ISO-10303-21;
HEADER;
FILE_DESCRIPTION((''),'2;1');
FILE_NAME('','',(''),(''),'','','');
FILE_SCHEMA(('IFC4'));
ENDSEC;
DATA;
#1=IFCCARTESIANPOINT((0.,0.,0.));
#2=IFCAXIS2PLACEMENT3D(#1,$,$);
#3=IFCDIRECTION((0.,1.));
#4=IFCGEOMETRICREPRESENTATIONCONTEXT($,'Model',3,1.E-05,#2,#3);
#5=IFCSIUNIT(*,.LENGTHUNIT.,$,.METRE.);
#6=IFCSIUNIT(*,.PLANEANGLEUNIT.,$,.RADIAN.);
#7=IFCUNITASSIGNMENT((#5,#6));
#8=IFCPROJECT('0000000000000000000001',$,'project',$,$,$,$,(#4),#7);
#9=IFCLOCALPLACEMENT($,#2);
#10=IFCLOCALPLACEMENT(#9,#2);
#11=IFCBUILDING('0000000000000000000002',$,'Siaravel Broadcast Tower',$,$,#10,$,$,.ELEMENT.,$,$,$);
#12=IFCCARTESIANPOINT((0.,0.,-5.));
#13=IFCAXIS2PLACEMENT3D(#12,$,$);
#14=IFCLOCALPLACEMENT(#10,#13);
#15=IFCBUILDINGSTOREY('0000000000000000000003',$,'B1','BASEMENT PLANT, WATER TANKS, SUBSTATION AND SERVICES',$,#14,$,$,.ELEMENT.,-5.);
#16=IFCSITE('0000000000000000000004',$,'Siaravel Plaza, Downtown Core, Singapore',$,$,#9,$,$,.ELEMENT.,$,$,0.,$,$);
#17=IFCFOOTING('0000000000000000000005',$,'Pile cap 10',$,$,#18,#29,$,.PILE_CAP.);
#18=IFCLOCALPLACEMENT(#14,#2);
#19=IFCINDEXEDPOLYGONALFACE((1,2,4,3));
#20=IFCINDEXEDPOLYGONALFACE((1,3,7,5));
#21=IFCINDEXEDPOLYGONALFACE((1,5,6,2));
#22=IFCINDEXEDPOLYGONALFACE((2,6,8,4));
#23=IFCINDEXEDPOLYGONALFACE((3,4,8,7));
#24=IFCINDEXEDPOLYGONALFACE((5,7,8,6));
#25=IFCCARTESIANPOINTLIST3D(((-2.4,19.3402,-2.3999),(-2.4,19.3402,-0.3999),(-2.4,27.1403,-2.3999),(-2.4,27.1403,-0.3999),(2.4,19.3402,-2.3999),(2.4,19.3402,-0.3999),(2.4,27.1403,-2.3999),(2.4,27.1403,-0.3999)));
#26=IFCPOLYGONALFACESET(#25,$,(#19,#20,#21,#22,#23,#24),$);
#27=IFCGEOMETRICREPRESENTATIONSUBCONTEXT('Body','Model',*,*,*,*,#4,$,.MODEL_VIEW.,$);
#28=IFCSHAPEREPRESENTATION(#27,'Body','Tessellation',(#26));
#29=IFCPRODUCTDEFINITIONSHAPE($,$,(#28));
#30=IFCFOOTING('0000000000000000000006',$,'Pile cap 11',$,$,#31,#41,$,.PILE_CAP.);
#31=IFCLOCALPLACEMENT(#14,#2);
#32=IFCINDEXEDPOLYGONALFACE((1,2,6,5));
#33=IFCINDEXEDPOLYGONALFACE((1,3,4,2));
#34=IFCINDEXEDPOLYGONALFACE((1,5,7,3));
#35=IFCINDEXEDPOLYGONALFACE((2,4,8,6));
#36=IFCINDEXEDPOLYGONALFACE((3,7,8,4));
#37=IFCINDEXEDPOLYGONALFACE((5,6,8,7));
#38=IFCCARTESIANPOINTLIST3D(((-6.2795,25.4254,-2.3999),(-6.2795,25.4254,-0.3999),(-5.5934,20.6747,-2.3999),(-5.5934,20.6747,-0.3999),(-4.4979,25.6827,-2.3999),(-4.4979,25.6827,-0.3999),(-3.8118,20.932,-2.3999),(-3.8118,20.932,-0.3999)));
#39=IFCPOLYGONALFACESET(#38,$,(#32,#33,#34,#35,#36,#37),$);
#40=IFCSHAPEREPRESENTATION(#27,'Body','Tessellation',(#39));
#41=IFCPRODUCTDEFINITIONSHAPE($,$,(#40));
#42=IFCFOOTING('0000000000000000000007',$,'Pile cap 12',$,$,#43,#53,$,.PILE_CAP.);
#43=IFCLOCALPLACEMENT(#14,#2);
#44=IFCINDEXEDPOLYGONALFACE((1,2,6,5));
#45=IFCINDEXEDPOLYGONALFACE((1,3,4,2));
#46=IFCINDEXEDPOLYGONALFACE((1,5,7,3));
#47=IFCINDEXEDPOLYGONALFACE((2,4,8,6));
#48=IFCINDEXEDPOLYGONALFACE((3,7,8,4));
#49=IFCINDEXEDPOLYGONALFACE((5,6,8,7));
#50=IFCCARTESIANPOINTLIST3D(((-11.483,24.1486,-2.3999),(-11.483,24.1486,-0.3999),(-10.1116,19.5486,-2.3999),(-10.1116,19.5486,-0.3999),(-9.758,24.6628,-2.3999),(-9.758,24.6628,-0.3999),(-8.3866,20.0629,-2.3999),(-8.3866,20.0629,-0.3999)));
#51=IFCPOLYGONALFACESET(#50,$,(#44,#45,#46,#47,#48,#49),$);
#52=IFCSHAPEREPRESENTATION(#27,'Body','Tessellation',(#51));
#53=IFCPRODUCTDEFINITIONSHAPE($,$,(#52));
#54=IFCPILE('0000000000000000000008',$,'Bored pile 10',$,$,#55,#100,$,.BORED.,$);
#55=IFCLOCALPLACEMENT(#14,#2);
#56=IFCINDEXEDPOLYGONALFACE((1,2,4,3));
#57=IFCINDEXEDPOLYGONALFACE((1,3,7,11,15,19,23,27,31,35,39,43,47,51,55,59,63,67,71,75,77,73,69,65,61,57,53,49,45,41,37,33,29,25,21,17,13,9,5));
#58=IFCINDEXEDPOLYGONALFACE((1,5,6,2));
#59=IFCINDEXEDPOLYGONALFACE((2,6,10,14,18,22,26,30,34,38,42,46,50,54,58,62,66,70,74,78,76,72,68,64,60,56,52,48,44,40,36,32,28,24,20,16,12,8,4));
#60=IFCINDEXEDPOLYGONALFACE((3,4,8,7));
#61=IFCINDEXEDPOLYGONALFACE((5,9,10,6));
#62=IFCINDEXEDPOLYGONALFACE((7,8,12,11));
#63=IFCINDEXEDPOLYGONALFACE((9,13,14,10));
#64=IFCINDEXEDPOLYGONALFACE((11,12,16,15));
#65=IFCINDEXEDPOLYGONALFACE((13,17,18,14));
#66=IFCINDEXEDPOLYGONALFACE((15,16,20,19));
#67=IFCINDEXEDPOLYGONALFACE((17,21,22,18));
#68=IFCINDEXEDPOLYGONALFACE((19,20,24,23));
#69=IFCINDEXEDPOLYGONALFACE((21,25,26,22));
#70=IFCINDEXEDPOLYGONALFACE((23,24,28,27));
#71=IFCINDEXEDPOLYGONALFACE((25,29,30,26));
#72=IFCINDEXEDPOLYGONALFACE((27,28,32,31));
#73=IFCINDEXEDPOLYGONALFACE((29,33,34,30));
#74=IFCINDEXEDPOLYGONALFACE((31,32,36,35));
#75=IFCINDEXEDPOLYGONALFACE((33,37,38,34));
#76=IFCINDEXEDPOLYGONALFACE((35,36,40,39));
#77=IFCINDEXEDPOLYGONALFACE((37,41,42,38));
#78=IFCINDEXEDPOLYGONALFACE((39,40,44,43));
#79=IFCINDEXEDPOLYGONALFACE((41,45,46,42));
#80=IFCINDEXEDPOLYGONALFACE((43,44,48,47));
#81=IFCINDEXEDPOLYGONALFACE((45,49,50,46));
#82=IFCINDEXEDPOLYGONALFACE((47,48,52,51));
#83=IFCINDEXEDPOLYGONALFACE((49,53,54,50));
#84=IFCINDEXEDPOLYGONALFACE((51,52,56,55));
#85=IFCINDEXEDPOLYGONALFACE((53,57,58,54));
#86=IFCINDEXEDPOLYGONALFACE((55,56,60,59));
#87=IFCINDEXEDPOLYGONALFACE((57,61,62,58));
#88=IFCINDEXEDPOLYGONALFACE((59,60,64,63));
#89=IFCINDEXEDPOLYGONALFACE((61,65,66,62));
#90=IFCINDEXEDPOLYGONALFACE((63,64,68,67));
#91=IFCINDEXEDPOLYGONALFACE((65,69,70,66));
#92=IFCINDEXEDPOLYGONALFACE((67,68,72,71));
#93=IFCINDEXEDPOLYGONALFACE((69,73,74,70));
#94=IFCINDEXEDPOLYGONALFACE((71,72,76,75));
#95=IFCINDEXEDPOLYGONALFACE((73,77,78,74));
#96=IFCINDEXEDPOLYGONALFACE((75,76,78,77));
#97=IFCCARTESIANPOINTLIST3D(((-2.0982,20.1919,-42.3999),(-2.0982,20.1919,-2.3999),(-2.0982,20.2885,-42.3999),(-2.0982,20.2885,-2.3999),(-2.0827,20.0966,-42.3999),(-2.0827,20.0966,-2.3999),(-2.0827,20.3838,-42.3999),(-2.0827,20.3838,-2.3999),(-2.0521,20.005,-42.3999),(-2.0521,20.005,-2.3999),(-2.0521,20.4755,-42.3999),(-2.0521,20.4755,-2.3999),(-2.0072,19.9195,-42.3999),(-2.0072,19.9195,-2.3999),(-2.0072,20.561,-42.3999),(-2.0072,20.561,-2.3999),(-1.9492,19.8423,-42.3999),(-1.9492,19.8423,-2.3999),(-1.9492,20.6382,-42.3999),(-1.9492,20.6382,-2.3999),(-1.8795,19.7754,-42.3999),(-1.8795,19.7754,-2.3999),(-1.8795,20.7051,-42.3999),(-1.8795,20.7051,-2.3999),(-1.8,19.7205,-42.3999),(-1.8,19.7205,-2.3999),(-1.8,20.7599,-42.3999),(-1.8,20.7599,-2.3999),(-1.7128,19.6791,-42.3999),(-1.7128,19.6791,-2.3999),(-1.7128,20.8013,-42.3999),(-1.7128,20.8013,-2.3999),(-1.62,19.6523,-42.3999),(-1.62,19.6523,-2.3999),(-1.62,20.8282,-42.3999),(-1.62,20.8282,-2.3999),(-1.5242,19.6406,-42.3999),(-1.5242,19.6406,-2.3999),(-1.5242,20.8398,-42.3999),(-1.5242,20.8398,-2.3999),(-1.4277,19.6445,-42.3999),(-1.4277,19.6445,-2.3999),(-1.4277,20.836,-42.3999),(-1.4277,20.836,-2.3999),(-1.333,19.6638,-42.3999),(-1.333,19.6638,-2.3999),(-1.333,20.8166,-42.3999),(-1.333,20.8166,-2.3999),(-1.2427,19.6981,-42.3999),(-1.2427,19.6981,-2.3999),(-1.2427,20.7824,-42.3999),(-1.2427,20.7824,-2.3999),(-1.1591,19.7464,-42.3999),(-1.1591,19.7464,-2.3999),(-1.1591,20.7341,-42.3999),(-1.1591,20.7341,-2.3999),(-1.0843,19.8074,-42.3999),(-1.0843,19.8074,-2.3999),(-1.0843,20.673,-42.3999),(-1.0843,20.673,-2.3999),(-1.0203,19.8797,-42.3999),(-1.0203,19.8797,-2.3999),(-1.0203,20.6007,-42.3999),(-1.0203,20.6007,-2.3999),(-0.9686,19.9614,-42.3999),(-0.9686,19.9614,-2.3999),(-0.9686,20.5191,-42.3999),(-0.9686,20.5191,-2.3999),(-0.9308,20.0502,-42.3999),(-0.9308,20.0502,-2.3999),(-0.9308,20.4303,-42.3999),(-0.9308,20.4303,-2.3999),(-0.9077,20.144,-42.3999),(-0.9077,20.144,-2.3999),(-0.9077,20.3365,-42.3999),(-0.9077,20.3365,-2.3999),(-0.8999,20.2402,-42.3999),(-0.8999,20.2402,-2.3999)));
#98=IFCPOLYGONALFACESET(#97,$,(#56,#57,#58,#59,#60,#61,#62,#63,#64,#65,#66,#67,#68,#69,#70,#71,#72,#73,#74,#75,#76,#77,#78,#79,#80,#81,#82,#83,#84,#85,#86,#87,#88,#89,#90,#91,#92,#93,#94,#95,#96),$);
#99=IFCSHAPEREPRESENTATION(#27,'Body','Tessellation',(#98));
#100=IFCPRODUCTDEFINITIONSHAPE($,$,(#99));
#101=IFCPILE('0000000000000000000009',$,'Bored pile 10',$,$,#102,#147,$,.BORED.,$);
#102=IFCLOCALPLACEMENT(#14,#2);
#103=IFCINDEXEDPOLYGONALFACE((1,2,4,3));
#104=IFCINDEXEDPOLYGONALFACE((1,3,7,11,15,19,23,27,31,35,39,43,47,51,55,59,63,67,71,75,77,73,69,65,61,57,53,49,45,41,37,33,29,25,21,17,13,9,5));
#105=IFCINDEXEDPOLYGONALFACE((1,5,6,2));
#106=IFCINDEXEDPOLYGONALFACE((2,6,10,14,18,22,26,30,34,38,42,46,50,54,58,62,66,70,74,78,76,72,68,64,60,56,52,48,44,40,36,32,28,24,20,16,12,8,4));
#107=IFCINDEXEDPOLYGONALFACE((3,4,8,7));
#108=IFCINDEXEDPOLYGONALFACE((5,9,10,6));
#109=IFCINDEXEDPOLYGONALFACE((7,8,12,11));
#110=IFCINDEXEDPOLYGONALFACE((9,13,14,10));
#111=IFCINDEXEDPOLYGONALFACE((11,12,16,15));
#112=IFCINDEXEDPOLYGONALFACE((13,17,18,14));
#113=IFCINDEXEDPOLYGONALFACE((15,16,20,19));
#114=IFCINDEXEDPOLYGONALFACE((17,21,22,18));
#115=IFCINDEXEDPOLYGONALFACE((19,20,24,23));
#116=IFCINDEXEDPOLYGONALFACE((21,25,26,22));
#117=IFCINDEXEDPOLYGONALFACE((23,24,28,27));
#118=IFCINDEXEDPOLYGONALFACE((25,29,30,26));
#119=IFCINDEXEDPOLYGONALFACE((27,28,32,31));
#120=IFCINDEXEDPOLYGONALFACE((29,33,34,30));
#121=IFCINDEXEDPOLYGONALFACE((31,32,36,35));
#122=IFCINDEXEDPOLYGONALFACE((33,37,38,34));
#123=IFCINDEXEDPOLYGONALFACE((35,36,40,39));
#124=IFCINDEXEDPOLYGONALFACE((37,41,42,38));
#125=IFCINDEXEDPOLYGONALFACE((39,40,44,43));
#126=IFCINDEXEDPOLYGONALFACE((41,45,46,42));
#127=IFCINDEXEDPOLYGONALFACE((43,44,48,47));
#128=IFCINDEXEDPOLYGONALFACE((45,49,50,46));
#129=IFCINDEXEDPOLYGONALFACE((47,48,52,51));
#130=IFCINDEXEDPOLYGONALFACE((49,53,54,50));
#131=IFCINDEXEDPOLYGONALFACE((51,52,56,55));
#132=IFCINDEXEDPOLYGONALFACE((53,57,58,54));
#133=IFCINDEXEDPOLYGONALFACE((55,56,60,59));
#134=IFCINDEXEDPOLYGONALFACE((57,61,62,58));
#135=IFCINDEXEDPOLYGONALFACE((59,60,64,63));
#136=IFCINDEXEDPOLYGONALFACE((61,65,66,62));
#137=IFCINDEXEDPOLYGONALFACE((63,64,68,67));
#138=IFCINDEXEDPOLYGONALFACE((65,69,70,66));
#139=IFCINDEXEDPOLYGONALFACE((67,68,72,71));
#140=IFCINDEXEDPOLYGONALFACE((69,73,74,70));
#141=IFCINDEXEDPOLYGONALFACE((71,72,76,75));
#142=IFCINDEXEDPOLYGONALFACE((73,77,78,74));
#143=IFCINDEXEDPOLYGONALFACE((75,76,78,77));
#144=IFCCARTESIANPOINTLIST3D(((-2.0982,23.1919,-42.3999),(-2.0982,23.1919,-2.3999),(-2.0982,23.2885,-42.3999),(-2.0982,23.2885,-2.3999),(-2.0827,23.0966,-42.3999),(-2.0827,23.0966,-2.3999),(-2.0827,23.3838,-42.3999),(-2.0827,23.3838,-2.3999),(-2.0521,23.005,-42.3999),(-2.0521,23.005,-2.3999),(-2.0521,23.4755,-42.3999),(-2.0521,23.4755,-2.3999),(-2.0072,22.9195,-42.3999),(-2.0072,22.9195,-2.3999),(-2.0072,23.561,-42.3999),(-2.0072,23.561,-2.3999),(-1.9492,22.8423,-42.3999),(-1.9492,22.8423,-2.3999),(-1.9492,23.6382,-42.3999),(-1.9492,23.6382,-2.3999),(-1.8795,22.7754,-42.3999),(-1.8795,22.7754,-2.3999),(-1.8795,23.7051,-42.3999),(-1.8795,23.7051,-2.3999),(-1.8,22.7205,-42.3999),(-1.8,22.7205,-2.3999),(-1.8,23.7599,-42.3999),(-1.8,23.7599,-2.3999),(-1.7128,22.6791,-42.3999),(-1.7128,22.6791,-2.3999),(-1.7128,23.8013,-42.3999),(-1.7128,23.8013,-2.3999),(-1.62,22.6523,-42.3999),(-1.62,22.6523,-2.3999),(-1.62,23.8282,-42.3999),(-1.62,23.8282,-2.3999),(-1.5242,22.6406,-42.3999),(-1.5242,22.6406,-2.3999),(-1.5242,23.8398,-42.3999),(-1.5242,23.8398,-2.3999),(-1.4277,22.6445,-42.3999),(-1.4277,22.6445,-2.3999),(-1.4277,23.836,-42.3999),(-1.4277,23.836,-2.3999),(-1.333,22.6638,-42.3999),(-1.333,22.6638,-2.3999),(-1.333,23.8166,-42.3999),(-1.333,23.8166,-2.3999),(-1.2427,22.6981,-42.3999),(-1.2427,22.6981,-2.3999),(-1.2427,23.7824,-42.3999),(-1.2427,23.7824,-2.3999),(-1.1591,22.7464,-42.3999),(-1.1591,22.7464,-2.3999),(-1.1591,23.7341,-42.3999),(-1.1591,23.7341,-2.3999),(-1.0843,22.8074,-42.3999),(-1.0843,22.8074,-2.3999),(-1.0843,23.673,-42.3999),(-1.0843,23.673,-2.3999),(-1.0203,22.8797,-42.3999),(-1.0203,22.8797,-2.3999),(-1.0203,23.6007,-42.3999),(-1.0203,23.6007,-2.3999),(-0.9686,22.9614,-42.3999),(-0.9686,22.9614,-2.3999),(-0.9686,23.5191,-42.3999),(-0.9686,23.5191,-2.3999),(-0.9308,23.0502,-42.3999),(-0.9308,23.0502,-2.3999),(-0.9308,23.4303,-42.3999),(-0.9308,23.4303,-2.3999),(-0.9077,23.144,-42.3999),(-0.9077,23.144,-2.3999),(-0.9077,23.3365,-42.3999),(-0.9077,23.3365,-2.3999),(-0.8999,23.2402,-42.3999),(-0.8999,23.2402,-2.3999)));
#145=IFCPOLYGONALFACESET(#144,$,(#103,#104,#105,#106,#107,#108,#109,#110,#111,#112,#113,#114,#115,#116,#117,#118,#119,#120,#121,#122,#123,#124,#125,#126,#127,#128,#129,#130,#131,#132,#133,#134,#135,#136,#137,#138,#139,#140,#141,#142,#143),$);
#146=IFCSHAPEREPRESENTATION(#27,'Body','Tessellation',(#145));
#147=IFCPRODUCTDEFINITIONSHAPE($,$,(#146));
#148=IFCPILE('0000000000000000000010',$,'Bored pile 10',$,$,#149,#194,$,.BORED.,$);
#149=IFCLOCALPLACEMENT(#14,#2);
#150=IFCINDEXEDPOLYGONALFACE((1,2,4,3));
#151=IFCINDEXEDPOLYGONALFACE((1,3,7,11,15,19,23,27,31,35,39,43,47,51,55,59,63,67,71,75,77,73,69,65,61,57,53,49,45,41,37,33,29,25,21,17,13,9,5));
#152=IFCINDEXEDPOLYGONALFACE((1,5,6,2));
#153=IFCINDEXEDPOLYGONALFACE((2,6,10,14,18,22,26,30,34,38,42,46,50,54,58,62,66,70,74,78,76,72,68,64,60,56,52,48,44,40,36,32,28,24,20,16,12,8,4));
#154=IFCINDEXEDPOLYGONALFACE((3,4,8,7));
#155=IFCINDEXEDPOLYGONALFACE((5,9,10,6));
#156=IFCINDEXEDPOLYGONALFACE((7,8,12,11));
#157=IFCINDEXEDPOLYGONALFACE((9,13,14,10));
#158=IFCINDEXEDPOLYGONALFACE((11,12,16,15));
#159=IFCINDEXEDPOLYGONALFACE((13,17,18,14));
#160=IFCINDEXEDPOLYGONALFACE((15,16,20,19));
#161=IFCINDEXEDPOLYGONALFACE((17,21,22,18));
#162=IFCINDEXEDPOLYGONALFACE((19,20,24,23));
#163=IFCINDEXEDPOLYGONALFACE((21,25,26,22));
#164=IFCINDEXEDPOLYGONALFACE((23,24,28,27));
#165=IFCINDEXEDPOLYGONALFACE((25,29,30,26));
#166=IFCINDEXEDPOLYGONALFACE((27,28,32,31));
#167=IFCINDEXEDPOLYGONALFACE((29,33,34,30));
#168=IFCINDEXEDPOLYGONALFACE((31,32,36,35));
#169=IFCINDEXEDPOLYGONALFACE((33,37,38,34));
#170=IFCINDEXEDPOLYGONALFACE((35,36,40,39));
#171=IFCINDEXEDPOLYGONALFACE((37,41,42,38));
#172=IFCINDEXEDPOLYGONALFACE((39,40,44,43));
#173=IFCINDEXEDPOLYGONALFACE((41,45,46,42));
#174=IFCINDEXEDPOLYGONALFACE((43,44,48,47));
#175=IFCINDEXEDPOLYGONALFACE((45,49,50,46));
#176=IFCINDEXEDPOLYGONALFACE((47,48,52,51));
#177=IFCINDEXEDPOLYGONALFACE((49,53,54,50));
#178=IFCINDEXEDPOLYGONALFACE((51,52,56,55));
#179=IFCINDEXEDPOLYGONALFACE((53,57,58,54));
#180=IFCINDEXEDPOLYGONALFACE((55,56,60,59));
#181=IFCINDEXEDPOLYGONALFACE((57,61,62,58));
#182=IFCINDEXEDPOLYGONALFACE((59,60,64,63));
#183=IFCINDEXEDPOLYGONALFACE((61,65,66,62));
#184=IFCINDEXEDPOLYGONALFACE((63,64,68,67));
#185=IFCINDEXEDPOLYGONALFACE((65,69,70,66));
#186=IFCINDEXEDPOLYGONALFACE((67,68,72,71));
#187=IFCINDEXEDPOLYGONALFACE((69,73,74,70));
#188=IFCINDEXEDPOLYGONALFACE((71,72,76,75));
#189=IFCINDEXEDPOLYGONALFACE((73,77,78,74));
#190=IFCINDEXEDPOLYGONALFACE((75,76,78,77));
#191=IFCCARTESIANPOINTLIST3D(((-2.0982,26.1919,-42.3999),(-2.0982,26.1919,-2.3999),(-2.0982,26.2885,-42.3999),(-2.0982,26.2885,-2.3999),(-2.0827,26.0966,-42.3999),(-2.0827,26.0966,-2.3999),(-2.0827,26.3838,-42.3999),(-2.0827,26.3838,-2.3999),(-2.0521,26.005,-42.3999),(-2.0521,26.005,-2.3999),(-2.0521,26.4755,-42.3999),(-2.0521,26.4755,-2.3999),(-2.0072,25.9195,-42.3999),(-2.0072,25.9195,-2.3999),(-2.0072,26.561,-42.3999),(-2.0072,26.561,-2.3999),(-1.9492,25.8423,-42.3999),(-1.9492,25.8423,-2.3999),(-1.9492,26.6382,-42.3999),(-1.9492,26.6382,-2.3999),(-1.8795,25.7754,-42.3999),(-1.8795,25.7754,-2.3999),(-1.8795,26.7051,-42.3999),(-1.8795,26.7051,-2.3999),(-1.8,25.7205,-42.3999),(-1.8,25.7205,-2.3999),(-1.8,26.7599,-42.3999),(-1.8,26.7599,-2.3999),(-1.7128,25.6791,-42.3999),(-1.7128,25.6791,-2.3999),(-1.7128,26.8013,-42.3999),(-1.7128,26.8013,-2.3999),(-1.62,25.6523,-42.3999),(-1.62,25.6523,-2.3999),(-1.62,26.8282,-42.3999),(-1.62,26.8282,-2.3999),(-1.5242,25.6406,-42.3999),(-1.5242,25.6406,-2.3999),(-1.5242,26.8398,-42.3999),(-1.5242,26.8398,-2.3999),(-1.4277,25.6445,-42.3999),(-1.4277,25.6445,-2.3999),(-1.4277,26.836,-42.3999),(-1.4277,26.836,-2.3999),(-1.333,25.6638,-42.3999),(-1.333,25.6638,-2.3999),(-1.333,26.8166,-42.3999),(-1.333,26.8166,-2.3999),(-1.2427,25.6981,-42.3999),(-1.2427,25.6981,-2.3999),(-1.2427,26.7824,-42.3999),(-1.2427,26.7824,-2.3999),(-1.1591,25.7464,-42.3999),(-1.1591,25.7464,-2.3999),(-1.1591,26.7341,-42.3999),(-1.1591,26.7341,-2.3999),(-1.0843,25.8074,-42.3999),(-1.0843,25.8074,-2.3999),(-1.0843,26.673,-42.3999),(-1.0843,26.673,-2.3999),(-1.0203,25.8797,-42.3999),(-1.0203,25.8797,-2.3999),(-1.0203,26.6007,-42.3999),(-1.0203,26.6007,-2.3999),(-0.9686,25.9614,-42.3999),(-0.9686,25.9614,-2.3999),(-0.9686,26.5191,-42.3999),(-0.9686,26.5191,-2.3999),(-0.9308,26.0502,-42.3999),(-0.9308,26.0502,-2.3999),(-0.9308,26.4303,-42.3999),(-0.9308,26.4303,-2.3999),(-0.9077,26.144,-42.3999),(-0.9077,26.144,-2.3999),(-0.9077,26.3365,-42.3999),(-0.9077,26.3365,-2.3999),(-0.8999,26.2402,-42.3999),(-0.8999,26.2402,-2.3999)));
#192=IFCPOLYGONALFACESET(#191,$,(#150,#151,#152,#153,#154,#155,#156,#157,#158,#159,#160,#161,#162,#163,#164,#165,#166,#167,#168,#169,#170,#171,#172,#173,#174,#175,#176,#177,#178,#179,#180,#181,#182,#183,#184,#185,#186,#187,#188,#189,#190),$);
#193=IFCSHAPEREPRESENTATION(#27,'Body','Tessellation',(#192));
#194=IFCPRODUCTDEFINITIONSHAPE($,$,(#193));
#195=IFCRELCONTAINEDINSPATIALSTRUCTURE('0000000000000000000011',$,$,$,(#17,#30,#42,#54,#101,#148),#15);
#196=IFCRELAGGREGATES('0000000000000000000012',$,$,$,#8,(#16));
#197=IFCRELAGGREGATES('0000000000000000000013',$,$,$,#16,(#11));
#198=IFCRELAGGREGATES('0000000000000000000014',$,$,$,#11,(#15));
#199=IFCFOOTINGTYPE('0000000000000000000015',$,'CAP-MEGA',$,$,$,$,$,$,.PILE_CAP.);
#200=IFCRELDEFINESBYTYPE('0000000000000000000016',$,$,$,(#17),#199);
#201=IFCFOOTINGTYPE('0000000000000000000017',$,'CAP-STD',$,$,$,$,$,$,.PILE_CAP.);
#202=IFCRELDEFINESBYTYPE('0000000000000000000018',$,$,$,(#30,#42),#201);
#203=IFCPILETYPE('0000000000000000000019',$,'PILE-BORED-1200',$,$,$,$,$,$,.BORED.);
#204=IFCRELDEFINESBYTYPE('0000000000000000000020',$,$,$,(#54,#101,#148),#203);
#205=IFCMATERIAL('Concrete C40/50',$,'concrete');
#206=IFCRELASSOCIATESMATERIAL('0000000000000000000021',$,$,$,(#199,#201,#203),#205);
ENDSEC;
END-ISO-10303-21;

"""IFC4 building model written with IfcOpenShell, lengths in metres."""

from ifc_helpers import new_model, si_unit, direction, frame, origin, origin_2d, place, context, subcontext, project, spatial, rectangle, circle, extrude, material, material_profile, profile_set, type_object, element, save


model = new_model("IFC4")

# Units and contexts
model_context = context("Model", 3, precision=1e-05, world=origin(), true_north=direction((0.0, 1.0)))
body_context = subcontext(model_context, "Body", "Model", "MODEL_VIEW")
ifc_project = project(units=[si_unit("LENGTHUNIT", "METRE"), si_unit("PLANEANGLEUNIT", "RADIAN")], contexts=[model_context])

# Site, building, storey
site_placement = place(None, origin())
site = spatial("IfcSite", under=ifc_project, at=site_placement, Name="Siaravel Plaza, Downtown Core, Singapore", CompositionType="ELEMENT", RefElevation=0.0)
building_placement = place(site_placement, origin())
building = spatial("IfcBuilding", under=site, at=building_placement, Name="Siaravel Broadcast Tower", CompositionType="ELEMENT")
storey_placement = place(building_placement, frame((0.0, 0.0, -5.0)))
storey = spatial("IfcBuildingStorey", under=building, at=storey_placement, Name="B1", Description="BASEMENT PLANT, WATER TANKS, SUBSTATION AND SERVICES", CompositionType="ELEMENT", Elevation=-5.0)

# Footings
ifc_material_1 = material(Name="Concrete C40/50", Category="concrete")
footing_type_1 = type_object("IfcFootingType", Name="CAP-MEGA", PredefinedType="PILE_CAP", material=ifc_material_1)
footing_placement = place(storey_placement, frame((0.0, 23.2402, -2.3999), z_axis=(0.0, 0.0, 1.0), x_axis=(0.0, 1.0, 0.0)))
element("IfcFooting", 1, at=footing_placement, inside=storey, type_object=footing_type_1, Name="Pile cap 10", PredefinedType="PILE_CAP", context=body_context, shape_type="SweptSolid", body=[
    extrude(rectangle(XDim=7.8, YDim=4.8, at=origin_2d()), origin(), (0.0, 0.0, 1.0), 2.0),
])
footing_type_2 = type_object("IfcFootingType", Name="CAP-STD", PredefinedType="PILE_CAP", material=ifc_material_1)
for number, where, z_axis, x_axis, name in (
    (2, (-5.0457, 23.1787, -2.3999), (0.0, 0.0, 1.0), (-0.14294, 0.989731, 0.0), "Pile cap 11"),
    (3, (-9.9348, 22.1057, -2.3999), (0.0, 0.0, 1.0), (-0.285705, 0.958318, 0.0), "Pile cap 12"),
):
    element("IfcFooting", number, at=place(storey_placement, frame(where, z_axis=z_axis, x_axis=x_axis)), inside=storey, type_object=footing_type_2, Name=name, PredefinedType="PILE_CAP", context=body_context, shape_type="SweptSolid", body=[
        extrude(rectangle(XDim=4.8, YDim=1.8, at=origin_2d()), origin(), (0.0, 0.0, 1.0), 2.0),
    ])

# Piles
ifc_material_profile_1 = material_profile(ifc_material_1, circle(Radius=0.6001, at=origin_2d()))
ifc_profile_set_1 = profile_set([ifc_material_profile_1], Name="Concrete C40/50")
pile_type_1 = type_object("IfcPileType", Name="PILE-BORED-1200", PredefinedType="BORED", material=ifc_profile_set_1)
for number, where, z_axis, x_axis, name in (
    (4, (-1.5, 20.2402, -2.3999), (0.0, 0.0, -1.0), (1.0, 0.0, 0.0), "Bored pile 10"),
    (5, (-1.5, 23.2402, -2.3999), (0.0, 0.0, -1.0), (1.0, 0.0, 0.0), "Bored pile 10"),
    (6, (-1.5, 26.2402, -2.3999), (0.0, 0.0, -1.0), (1.0, 0.0, 0.0), "Bored pile 10"),
):
    element("IfcPile", number, at=place(storey_placement, frame(where, z_axis=z_axis, x_axis=x_axis)), inside=storey, type_object=pile_type_1, Name=name, PredefinedType="BORED", context=body_context, shape_type="SweptSolid", body=[
        extrude(circle(Radius=0.6001, at=origin_2d()), origin(), (0.0, 0.0, 1.0), 40.0),
    ])

save(model, "model.ifc")
